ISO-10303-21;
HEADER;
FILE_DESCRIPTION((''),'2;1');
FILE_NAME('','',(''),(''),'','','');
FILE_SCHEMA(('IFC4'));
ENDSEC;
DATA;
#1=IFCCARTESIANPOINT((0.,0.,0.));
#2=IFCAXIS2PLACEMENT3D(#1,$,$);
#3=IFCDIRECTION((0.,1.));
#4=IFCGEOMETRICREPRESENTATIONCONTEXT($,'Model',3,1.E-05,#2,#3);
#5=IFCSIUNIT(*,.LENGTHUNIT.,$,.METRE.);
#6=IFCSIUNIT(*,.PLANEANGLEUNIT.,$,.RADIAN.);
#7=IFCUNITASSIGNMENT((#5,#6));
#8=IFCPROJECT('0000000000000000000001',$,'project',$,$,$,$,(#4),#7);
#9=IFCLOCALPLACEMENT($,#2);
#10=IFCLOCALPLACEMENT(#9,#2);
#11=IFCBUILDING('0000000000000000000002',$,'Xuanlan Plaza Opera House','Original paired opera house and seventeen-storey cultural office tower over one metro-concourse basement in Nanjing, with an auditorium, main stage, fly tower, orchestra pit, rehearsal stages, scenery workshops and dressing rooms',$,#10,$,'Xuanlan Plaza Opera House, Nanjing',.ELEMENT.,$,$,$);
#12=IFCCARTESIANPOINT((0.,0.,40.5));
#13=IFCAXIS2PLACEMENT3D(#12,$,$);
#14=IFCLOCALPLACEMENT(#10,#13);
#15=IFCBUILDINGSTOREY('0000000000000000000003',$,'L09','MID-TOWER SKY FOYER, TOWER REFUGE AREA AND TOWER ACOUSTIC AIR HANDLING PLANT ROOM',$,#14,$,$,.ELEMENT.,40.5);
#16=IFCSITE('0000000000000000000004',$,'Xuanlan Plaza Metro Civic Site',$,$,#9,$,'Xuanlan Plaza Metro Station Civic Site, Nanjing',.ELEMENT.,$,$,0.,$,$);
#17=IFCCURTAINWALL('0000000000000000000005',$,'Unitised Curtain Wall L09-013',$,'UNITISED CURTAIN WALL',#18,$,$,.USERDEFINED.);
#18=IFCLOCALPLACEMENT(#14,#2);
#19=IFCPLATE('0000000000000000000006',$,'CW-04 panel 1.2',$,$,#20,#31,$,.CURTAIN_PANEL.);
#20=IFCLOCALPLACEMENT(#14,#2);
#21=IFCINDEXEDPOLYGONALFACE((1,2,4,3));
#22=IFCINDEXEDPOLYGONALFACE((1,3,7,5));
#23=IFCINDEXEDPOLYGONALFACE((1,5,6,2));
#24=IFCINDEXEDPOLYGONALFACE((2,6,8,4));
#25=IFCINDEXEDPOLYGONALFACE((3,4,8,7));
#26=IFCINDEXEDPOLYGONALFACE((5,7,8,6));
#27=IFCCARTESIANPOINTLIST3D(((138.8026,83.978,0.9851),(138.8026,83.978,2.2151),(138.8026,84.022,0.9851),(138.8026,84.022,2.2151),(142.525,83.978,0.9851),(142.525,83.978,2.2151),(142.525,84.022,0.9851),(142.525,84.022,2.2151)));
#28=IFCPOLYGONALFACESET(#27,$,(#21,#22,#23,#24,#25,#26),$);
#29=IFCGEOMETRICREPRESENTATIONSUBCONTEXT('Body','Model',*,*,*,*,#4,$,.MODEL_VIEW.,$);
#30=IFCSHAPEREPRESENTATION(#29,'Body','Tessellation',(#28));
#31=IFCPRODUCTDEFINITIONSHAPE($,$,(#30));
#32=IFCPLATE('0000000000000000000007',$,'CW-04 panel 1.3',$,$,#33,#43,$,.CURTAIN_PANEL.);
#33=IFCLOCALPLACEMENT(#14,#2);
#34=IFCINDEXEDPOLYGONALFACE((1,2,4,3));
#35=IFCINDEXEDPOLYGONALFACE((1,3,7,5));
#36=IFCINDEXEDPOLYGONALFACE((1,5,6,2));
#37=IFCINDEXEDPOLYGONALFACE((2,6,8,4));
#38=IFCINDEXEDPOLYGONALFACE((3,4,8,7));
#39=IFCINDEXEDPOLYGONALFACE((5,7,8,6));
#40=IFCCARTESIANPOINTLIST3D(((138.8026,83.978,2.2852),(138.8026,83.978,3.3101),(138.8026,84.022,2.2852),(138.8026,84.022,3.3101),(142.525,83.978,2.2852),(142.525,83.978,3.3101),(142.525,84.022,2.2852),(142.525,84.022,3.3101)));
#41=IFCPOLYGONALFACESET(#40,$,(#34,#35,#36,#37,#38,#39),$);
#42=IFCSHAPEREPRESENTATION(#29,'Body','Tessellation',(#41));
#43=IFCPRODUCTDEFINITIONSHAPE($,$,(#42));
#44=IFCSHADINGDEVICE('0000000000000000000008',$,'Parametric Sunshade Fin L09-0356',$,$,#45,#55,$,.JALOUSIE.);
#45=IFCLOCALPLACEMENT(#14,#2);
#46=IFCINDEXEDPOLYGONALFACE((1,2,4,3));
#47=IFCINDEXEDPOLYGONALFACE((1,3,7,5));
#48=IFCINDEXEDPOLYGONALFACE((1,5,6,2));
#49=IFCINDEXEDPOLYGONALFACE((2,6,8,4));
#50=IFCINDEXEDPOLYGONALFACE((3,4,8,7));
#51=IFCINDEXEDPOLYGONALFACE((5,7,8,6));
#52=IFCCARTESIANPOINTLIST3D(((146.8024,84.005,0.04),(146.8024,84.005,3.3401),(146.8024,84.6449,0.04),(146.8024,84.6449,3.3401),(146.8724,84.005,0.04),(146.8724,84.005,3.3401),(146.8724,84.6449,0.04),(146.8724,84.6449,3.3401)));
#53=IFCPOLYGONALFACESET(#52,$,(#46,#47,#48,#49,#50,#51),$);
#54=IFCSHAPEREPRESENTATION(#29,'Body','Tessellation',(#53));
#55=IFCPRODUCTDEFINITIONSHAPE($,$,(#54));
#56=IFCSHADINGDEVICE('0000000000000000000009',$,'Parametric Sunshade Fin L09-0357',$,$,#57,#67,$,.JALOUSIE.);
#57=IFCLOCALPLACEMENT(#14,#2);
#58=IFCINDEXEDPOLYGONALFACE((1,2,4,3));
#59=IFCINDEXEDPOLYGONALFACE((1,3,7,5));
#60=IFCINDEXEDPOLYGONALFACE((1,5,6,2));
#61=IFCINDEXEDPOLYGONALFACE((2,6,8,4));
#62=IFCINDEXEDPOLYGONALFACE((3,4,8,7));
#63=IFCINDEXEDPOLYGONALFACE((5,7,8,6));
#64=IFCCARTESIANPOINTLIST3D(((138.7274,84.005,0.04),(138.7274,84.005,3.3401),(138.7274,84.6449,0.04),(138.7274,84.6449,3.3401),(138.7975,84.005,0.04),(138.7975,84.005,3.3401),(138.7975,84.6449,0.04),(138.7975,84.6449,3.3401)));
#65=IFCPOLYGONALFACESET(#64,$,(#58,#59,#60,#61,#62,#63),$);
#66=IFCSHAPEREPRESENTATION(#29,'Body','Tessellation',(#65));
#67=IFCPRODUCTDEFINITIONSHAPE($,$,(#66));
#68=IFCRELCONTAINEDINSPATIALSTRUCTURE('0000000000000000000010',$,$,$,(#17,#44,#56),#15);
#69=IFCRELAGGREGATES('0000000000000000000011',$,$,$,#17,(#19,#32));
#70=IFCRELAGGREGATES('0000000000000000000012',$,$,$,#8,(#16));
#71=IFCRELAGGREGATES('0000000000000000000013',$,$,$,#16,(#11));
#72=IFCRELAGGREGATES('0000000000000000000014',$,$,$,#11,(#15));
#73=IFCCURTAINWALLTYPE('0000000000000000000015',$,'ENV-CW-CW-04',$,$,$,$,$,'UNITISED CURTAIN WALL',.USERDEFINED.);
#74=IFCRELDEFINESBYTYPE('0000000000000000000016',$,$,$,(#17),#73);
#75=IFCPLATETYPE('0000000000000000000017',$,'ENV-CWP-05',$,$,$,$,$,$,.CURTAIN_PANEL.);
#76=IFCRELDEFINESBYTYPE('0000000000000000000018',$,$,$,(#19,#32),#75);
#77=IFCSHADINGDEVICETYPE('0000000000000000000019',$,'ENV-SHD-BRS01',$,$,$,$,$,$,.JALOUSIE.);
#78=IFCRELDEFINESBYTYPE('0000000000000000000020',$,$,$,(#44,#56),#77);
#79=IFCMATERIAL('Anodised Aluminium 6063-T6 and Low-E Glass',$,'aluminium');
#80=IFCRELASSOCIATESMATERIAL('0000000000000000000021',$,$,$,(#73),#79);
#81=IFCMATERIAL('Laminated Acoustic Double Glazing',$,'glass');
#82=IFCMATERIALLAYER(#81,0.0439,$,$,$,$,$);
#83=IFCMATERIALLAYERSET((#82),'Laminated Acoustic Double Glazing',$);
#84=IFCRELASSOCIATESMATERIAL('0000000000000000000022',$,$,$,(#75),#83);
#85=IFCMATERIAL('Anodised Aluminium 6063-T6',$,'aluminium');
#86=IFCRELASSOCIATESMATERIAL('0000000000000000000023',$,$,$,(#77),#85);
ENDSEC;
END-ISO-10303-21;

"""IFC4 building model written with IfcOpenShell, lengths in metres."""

from ifc_helpers import new_model, si_unit, direction, frame, origin, origin_2d, place, context, subcontext, project, spatial, rectangle, extrude, material, layer, layer_set, type_object, element, aggregate, save


model = new_model("IFC4")

# Units and contexts
model_context = context("Model", 3, precision=1e-05, world=origin(), true_north=direction((0.0, 1.0)))
body_context = subcontext(model_context, "Body", "Model", "MODEL_VIEW")
ifc_project = project(units=[si_unit("LENGTHUNIT", "METRE"), si_unit("PLANEANGLEUNIT", "RADIAN")], contexts=[model_context])

# Site, building, storey
site_placement = place(None, origin())
site = spatial("IfcSite", under=ifc_project, at=site_placement, Name="Xuanlan Plaza Metro Civic Site", LongName="Xuanlan Plaza Metro Station Civic Site, Nanjing", CompositionType="ELEMENT", RefElevation=0.0)
building_placement = place(site_placement, origin())
building = spatial("IfcBuilding", under=site, at=building_placement, Name="Xuanlan Plaza Opera House", Description="Original paired opera house and seventeen-storey cultural office tower over one metro-concourse basement in Nanjing, with an auditorium, main stage, fly tower, orchestra pit, rehearsal stages, scenery workshops and dressing rooms", LongName="Xuanlan Plaza Opera House, Nanjing", CompositionType="ELEMENT")
storey_placement = place(building_placement, frame((0.0, 0.0, 40.5)))
storey = spatial("IfcBuildingStorey", under=building, at=storey_placement, Name="L09", Description="MID-TOWER SKY FOYER, TOWER REFUGE AREA AND TOWER ACOUSTIC AIR HANDLING PLANT ROOM", CompositionType="ELEMENT", Elevation=40.5)

# Curtain wall
ifc_material_1 = material(Name="Anodised Aluminium 6063-T6 and Low-E Glass", Category="aluminium")
ifc_material_2 = material(Name="Anodised Aluminium 6063-T6", Category="aluminium")
curtain_wall_type_1 = type_object("IfcCurtainWallType", Name="ENV-CW-CW-04", ElementType="UNITISED CURTAIN WALL", PredefinedType="USERDEFINED", material=ifc_material_1)
curtain_wall_1_placement = place(storey_placement, origin())
curtain_wall_1 = element("IfcCurtainWall", 1, at=curtain_wall_1_placement, inside=storey, type_object=curtain_wall_type_1, Name="Unitised Curtain Wall L09-013", ObjectType="UNITISED CURTAIN WALL", PredefinedType="USERDEFINED")

# Plates
ifc_material_3 = material(Name="Laminated Acoustic Double Glazing", Category="glass")
ifc_layer_1 = layer(ifc_material_3, 0.0439)
ifc_layer_set_1 = layer_set([ifc_layer_1], Name="Laminated Acoustic Double Glazing")
plate_type_1 = type_object("IfcPlateType", Name="ENV-CWP-05", PredefinedType="CURTAIN_PANEL", material=ifc_layer_set_1)
plate_1_placement = place(storey_placement, frame((140.6638, 84.0, 0.9851), z_axis=(0.0, 0.0, 1.0), x_axis=(-1.0, 0.0, 0.0)))
plate_1 = element("IfcPlate", 2, at=plate_1_placement, type_object=plate_type_1, Name="CW-04 panel 1.2", PredefinedType="CURTAIN_PANEL", context=body_context, shape_type="SweptSolid", body=[
    extrude(rectangle(XDim=3.7224, YDim=0.0439, at=origin_2d()), origin(), (0.0, 0.0, 1.0), 1.23),
])
plate_2_placement = place(storey_placement, frame((140.6638, 84.0, 2.2852), z_axis=(0.0, 0.0, 1.0), x_axis=(-1.0, 0.0, 0.0)))
plate_2 = element("IfcPlate", 3, at=plate_2_placement, type_object=plate_type_1, Name="CW-04 panel 1.3", PredefinedType="CURTAIN_PANEL", context=body_context, shape_type="SweptSolid", body=[
    extrude(rectangle(XDim=3.7224, YDim=0.0439, at=origin_2d()), origin(), (0.0, 0.0, 1.0), 1.0249),
])
aggregate(curtain_wall_1, [plate_1, plate_2])

# Shading devices
shading_device_type = type_object("IfcShadingDeviceType", Name="ENV-SHD-BRS01", PredefinedType="JALOUSIE", material=ifc_material_2)
for number, where, z_axis, x_axis, name in (
    (4, (146.8374, 84.325, 0.04), (0.0, 0.0, 1.0), (0.0, 1.0, 0.0), "Parametric Sunshade Fin L09-0356"),
    (5, (138.7625, 84.325, 0.04), (0.0, 0.0, 1.0), (0.0, 1.0, 0.0), "Parametric Sunshade Fin L09-0357"),
):
    element("IfcShadingDevice", number, at=place(storey_placement, frame(where, z_axis=z_axis, x_axis=x_axis)), inside=storey, type_object=shading_device_type, Name=name, PredefinedType="JALOUSIE", context=body_context, shape_type="SweptSolid", body=[
        extrude(rectangle(XDim=0.6399, YDim=0.0701, at=origin_2d()), origin(), (0.0, 0.0, 1.0), 3.3),
    ])

save(model, "model.ifc")
